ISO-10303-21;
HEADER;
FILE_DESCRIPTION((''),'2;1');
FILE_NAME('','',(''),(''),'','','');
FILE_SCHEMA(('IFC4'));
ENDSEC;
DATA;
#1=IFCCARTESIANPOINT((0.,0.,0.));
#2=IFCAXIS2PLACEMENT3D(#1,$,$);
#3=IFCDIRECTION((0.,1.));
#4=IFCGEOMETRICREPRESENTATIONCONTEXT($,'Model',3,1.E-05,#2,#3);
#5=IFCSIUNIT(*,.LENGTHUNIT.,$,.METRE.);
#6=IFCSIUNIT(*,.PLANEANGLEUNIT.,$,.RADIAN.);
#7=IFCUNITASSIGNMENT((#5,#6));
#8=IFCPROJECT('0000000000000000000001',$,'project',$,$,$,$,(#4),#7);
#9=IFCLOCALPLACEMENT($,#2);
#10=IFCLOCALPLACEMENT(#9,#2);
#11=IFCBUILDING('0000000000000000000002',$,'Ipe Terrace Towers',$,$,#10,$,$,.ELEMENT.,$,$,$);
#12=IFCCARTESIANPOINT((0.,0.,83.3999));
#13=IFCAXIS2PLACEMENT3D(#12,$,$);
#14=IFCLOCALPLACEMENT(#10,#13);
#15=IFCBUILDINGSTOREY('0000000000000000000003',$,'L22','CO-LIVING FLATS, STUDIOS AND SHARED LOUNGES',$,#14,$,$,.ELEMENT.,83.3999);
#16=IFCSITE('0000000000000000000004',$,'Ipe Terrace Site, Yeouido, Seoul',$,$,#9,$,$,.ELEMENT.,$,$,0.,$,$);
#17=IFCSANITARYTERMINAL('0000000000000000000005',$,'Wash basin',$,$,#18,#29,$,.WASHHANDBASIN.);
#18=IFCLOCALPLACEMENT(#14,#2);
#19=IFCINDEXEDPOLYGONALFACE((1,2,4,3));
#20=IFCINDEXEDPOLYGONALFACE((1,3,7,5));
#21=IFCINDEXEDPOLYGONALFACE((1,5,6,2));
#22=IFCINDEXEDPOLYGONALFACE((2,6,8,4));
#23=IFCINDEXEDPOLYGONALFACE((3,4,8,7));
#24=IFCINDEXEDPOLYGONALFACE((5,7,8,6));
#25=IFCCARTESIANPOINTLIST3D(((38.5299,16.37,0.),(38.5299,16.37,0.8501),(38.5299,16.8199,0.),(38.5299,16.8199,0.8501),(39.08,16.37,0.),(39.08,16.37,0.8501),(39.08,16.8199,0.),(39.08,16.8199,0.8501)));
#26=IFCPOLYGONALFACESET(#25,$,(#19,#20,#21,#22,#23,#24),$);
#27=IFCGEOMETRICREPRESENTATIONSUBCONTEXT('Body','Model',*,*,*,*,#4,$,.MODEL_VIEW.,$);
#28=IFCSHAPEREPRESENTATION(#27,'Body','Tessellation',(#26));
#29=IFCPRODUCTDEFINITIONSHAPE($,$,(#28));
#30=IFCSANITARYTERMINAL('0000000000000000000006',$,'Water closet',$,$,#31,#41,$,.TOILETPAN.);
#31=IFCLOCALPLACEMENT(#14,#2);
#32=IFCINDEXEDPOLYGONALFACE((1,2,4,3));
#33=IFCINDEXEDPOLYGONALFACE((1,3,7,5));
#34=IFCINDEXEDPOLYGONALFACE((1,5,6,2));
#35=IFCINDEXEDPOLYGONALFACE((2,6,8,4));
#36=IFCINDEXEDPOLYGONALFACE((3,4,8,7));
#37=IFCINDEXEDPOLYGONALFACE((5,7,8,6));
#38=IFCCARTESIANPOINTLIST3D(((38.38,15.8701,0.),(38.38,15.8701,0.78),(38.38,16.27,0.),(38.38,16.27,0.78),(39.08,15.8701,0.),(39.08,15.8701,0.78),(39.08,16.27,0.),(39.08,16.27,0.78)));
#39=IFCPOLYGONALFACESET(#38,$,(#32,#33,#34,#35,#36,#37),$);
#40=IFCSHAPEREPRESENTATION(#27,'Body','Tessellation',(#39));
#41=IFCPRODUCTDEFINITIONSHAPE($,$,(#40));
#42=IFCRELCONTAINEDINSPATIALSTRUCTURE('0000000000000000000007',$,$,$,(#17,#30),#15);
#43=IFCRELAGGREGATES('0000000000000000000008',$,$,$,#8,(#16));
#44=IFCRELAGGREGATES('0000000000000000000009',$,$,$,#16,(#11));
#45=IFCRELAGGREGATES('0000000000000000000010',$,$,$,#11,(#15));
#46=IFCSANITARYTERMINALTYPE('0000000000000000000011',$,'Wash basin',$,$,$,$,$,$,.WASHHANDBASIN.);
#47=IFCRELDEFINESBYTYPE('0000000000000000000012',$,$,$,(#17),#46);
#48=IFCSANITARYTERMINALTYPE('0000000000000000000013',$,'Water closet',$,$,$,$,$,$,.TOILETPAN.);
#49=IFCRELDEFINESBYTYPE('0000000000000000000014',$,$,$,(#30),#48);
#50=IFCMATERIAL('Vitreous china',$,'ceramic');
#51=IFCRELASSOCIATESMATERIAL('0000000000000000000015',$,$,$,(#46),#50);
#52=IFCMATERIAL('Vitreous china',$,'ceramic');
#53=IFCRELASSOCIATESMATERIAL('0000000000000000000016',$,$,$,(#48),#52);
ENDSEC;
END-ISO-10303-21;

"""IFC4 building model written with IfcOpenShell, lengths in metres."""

from ifc_helpers import new_model, si_unit, direction, frame, origin, origin_2d, place, context, subcontext, project, spatial, rectangle, extrude, material, type_object, element, save


model = new_model("IFC4")

# Units and contexts
model_context = context("Model", 3, precision=1e-05, world=origin(), true_north=direction((0.0, 1.0)))
body_context = subcontext(model_context, "Body", "Model", "MODEL_VIEW")
ifc_project = project(units=[si_unit("LENGTHUNIT", "METRE"), si_unit("PLANEANGLEUNIT", "RADIAN")], contexts=[model_context])

# Site, building, storey
site_placement = place(None, origin())
site = spatial("IfcSite", under=ifc_project, at=site_placement, Name="Ipe Terrace Site, Yeouido, Seoul", CompositionType="ELEMENT", RefElevation=0.0)
building_placement = place(site_placement, origin())
building = spatial("IfcBuilding", under=site, at=building_placement, Name="Ipe Terrace Towers", CompositionType="ELEMENT")
storey_placement = place(building_placement, frame((0.0, 0.0, 83.3999)))
storey = spatial("IfcBuildingStorey", under=building, at=storey_placement, Name="L22", Description="CO-LIVING FLATS, STUDIOS AND SHARED LOUNGES", CompositionType="ELEMENT", Elevation=83.3999)

# Sanitary terminals
ifc_material_1 = material(Name="Vitreous china", Category="ceramic")
sanitary_terminal_type_1 = type_object("IfcSanitaryTerminalType", Name="Wash basin", PredefinedType="WASHHANDBASIN", material=ifc_material_1)
sanitary_terminal_1_placement = place(storey_placement, frame((38.8049, 16.595, 0.0), z_axis=(0.0, 0.0, 1.0), x_axis=(-1.0, 0.0, 0.0)))
element("IfcSanitaryTerminal", 1, at=sanitary_terminal_1_placement, inside=storey, type_object=sanitary_terminal_type_1, Name="Wash basin", PredefinedType="WASHHANDBASIN", context=body_context, shape_type="SweptSolid", body=[
    extrude(rectangle(XDim=0.55, YDim=0.45, at=origin_2d()), origin(), (0.0, 0.0, 1.0), 0.8501),
])
ifc_material_2 = material(Name="Vitreous china", Category="ceramic")
sanitary_terminal_type_2 = type_object("IfcSanitaryTerminalType", Name="Water closet", PredefinedType="TOILETPAN", material=ifc_material_2)
sanitary_terminal_2_placement = place(storey_placement, frame((38.73, 16.0701, 0.0), z_axis=(0.0, 0.0, 1.0), x_axis=(-1.0, 0.0, 0.0)))
element("IfcSanitaryTerminal", 2, at=sanitary_terminal_2_placement, inside=storey, type_object=sanitary_terminal_type_2, Name="Water closet", PredefinedType="TOILETPAN", context=body_context, shape_type="SweptSolid", body=[
    extrude(rectangle(XDim=0.7, YDim=0.3999, at=origin_2d()), origin(), (0.0, 0.0, 1.0), 0.78),
])

save(model, "model.ifc")
